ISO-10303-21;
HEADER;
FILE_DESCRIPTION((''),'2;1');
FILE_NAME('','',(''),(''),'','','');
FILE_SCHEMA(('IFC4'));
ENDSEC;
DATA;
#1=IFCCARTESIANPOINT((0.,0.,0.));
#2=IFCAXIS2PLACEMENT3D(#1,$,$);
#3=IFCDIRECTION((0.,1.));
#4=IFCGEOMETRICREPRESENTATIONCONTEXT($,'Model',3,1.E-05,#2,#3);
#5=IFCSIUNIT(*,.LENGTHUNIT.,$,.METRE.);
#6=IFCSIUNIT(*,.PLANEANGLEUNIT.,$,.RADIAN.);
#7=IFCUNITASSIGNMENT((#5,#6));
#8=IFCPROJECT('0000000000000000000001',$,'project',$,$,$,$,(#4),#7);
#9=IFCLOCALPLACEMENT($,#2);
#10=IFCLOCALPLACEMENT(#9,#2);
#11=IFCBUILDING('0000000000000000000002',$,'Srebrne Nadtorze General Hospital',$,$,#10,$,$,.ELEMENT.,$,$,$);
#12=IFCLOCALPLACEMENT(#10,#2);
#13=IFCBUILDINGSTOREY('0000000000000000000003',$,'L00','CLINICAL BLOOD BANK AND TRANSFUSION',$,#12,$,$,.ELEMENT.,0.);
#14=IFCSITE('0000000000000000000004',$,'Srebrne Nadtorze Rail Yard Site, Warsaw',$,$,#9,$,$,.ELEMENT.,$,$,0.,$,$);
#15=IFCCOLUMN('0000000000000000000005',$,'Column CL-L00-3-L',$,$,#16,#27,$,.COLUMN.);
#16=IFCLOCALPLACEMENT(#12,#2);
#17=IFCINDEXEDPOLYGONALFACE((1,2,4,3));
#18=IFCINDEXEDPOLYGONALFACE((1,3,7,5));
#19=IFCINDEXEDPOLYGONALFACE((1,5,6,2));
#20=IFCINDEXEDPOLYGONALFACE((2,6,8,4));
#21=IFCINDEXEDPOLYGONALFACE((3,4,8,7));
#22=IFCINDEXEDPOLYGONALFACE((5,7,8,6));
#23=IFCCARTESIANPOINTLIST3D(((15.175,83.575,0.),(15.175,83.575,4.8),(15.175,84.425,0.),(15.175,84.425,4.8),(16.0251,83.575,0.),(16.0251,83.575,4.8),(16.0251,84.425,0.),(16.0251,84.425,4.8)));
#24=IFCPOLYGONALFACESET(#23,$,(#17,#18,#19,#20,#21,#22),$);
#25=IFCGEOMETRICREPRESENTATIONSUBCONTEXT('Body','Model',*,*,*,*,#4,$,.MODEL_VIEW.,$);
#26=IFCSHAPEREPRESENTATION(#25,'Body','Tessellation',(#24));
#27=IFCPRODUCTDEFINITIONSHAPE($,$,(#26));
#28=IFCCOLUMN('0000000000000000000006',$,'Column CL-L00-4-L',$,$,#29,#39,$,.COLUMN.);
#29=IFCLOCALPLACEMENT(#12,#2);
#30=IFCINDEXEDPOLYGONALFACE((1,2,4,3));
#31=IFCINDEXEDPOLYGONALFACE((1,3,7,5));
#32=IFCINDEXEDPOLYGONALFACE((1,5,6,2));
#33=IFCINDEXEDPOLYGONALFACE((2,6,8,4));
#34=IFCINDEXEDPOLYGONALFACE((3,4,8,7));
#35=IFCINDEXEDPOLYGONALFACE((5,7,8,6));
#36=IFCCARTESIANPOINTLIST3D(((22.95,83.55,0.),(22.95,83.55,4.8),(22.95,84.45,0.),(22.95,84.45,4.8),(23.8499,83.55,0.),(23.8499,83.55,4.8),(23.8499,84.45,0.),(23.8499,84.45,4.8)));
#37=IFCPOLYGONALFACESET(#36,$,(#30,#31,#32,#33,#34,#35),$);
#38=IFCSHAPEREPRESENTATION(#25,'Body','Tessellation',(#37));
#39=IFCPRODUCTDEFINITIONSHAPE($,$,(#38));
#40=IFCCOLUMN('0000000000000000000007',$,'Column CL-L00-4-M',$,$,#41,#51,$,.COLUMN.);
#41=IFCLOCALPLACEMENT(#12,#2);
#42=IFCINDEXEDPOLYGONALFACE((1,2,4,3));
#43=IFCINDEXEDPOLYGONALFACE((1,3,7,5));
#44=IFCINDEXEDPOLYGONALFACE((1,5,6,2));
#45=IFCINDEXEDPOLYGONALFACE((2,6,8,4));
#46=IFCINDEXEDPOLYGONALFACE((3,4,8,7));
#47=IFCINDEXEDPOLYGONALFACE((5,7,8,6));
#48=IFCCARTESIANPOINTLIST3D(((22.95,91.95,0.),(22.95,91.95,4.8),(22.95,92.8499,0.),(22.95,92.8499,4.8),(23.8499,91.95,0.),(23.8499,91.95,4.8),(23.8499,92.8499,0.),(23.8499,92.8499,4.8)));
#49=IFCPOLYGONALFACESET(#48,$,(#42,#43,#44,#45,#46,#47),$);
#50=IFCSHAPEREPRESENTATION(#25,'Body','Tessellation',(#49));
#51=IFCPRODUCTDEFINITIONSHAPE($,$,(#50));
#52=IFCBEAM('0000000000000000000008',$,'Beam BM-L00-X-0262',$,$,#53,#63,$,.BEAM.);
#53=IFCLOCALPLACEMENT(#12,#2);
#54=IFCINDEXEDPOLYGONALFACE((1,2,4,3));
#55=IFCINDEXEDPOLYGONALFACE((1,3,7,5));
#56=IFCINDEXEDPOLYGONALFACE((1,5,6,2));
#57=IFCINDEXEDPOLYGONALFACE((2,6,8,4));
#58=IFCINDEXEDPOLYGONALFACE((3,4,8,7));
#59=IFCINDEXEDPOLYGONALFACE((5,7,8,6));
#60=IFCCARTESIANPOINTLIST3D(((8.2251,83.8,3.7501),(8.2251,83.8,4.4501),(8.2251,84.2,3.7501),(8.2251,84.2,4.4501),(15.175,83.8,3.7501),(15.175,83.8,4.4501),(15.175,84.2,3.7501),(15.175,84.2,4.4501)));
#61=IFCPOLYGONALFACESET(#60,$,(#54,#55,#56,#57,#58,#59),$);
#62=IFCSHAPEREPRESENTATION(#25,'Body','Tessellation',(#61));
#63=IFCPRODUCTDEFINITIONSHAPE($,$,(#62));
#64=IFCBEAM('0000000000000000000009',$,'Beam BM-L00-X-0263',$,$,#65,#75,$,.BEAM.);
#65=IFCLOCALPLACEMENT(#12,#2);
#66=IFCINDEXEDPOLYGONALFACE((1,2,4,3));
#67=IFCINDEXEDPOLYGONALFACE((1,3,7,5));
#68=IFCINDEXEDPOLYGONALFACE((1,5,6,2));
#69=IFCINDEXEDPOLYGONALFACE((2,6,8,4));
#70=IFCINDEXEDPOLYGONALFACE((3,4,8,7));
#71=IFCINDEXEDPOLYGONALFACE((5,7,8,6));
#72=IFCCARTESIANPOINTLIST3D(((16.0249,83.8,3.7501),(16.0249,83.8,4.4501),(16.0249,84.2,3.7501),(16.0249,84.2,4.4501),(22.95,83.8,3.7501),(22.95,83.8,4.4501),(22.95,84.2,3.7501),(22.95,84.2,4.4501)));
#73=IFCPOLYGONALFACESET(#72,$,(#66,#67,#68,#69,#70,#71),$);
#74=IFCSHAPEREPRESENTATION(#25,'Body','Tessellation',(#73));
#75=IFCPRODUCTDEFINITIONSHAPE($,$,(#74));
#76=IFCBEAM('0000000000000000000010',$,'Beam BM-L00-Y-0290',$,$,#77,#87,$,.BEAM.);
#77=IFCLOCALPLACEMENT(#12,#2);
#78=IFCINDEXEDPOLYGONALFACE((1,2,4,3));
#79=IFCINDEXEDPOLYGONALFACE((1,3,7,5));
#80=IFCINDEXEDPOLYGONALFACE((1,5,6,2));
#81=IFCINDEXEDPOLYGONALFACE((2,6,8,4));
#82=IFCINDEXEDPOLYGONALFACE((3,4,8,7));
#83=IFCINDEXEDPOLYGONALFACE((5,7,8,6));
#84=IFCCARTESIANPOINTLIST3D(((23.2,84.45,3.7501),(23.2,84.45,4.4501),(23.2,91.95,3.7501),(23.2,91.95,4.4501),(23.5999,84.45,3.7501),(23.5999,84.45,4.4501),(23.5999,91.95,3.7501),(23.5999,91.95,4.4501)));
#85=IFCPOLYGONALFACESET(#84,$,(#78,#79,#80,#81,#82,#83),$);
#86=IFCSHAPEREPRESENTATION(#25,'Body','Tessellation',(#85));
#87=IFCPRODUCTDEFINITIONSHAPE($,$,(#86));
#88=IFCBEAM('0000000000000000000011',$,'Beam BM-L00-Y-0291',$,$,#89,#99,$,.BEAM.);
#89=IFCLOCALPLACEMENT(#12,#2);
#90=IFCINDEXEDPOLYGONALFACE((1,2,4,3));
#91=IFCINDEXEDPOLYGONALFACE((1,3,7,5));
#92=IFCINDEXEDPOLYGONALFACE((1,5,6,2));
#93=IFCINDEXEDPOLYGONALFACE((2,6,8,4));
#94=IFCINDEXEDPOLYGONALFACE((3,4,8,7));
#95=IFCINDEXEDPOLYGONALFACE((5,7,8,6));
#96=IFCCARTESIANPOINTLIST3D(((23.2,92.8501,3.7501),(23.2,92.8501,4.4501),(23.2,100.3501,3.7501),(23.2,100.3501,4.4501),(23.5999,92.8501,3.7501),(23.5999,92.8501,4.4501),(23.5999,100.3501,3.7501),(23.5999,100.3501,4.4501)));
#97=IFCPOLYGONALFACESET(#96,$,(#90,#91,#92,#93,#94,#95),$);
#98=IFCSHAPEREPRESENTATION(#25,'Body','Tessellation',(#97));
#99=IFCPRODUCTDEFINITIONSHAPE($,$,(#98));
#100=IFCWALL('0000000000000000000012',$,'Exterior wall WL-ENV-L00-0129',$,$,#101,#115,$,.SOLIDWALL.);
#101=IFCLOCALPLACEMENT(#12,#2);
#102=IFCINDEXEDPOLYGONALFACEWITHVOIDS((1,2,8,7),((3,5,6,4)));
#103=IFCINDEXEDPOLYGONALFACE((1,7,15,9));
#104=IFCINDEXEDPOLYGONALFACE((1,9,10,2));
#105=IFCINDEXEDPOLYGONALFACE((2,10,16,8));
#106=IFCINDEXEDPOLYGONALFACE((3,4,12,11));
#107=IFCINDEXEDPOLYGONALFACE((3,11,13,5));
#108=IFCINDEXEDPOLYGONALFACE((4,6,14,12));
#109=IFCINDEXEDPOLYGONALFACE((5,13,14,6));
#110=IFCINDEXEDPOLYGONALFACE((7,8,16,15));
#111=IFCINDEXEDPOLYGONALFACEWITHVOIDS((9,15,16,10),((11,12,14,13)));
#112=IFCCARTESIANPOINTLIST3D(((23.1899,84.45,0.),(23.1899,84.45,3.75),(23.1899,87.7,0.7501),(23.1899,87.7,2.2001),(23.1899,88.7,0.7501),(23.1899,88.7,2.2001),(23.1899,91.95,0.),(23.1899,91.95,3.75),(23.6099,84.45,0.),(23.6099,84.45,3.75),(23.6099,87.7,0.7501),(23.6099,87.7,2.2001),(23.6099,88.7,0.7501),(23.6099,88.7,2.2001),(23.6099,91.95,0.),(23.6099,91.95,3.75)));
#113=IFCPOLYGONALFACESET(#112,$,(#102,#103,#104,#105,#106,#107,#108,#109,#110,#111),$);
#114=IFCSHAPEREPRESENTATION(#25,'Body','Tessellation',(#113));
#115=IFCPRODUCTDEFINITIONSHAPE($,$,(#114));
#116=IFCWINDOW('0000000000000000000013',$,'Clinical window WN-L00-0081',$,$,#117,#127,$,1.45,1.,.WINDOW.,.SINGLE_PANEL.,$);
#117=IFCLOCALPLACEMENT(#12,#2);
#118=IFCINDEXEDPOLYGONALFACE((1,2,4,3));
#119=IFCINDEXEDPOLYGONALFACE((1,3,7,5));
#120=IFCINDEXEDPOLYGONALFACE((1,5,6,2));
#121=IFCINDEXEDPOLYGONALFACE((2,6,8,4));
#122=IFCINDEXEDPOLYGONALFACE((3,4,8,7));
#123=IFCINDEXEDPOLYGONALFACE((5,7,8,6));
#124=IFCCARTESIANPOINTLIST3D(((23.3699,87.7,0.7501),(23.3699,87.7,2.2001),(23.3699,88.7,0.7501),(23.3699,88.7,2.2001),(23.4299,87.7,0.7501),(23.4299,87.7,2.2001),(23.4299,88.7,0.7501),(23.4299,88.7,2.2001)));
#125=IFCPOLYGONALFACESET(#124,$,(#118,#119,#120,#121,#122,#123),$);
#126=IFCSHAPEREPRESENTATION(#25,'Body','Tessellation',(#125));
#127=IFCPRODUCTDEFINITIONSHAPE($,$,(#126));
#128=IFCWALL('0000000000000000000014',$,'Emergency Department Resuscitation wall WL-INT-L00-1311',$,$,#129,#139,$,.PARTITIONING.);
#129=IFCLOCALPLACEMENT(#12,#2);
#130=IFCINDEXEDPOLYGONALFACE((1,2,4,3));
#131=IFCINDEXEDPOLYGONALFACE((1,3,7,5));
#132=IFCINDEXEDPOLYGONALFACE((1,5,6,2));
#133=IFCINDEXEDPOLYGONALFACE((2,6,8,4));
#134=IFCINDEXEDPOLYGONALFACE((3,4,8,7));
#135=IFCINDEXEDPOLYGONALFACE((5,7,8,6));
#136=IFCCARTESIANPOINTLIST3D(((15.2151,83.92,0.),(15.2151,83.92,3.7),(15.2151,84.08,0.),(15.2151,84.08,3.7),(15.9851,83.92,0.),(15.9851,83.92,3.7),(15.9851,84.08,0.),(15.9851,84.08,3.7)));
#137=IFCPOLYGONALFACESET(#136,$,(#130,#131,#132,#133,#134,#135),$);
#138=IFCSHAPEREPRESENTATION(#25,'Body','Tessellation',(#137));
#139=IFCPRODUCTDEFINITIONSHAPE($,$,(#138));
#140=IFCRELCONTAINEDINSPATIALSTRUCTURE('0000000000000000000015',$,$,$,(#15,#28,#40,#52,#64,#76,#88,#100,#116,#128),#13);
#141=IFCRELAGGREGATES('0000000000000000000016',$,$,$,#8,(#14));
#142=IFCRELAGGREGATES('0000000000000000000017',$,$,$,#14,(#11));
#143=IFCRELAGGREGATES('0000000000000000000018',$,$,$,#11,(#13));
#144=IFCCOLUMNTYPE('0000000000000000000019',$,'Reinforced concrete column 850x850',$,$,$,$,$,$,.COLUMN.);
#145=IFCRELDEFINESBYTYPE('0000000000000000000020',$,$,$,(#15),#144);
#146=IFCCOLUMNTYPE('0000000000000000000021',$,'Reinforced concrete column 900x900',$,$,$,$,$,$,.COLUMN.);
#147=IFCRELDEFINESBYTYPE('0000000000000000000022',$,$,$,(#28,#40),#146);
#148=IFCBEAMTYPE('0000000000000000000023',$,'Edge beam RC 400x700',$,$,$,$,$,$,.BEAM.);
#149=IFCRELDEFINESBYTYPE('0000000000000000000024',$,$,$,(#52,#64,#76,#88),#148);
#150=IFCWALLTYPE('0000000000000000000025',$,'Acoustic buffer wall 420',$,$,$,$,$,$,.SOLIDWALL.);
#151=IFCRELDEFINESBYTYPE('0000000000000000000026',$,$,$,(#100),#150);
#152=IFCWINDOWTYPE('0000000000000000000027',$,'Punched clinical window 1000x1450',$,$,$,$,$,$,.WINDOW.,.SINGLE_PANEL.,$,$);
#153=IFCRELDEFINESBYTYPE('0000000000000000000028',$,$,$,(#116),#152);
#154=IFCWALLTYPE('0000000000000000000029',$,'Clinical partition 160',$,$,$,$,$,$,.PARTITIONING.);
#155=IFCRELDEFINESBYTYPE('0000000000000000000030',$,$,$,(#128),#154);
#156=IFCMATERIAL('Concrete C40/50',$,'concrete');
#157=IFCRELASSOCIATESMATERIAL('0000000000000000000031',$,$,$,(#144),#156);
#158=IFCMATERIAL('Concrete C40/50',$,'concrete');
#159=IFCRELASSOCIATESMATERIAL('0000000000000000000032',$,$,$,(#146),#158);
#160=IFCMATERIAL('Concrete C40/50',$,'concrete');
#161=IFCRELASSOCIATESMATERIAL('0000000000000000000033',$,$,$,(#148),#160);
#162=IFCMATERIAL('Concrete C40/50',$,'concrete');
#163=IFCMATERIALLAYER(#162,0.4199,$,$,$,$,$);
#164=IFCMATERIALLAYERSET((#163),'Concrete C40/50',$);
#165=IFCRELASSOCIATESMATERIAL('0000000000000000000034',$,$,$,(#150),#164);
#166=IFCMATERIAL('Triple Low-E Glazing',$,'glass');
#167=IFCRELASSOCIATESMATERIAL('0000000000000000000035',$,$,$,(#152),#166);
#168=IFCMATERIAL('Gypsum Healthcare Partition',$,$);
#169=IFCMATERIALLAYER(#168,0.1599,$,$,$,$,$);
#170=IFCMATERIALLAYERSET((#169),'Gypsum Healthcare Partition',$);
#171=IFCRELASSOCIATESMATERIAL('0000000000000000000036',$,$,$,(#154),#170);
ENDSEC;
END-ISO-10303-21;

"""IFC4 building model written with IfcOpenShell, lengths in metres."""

from ifc_helpers import new_model, si_unit, direction, frame, frame_2d, origin, origin_2d, place, context, subcontext, project, spatial, rectangle, extrude, material, layer, layer_set, material_profile, profile_set, type_object, element, fill, save


model = new_model("IFC4")

# Units and contexts
model_context = context("Model", 3, precision=1e-05, world=origin(), true_north=direction((0.0, 1.0)))
body_context = subcontext(model_context, "Body", "Model", "MODEL_VIEW")
ifc_project = project(units=[si_unit("LENGTHUNIT", "METRE"), si_unit("PLANEANGLEUNIT", "RADIAN")], contexts=[model_context])

# Site, building, storey
site_placement = place(None, origin())
site = spatial("IfcSite", under=ifc_project, at=site_placement, Name="Srebrne Nadtorze Rail Yard Site, Warsaw", CompositionType="ELEMENT", RefElevation=0.0)
building_placement = place(site_placement, origin())
building = spatial("IfcBuilding", under=site, at=building_placement, Name="Srebrne Nadtorze General Hospital", CompositionType="ELEMENT")
storey_placement = place(building_placement, origin())
storey = spatial("IfcBuildingStorey", under=building, at=storey_placement, Name="L00", Description="CLINICAL BLOOD BANK AND TRANSFUSION", CompositionType="ELEMENT", Elevation=0.0)

# Columns
ifc_material_1 = material(Name="Concrete C40/50", Category="concrete")
ifc_material_profile_1 = material_profile(ifc_material_1, rectangle(XDim=0.8501, YDim=0.8501, at=origin_2d()), Name="RC-COL-850x850")
ifc_profile_set_1 = profile_set([ifc_material_profile_1], Name="Concrete C40/50")
column_type_1 = type_object("IfcColumnType", Name="Reinforced concrete column 850x850", PredefinedType="COLUMN", material=ifc_profile_set_1)
column_placement = place(storey_placement, frame((15.6001, 84.0, 0.0), z_axis=(0.0, 0.0, 1.0), x_axis=(1.0, 0.0, 0.0)))
element("IfcColumn", 1, at=column_placement, inside=storey, type_object=column_type_1, Name="Column CL-L00-3-L", PredefinedType="COLUMN", context=body_context, shape_type="SweptSolid", body=[
    extrude(rectangle(XDim=0.8501, YDim=0.8501, at=origin_2d()), origin(), (0.0, 0.0, 1.0), 4.8),
])
ifc_material_2 = material(Name="Concrete C40/50", Category="concrete")
ifc_material_profile_2 = material_profile(ifc_material_2, rectangle(XDim=0.8999, YDim=0.8999, at=origin_2d()), Name="RC-COL-900x900")
ifc_profile_set_2 = profile_set([ifc_material_profile_2], Name="Concrete C40/50")
column_type_2 = type_object("IfcColumnType", Name="Reinforced concrete column 900x900", PredefinedType="COLUMN", material=ifc_profile_set_2)
for number, where, z_axis, x_axis, name in (
    (2, (23.3999, 84.0, 0.0), (0.0, 0.0, 1.0), (1.0, 0.0, 0.0), "Column CL-L00-4-L"),
    (3, (23.3999, 92.3999, 0.0), (0.0, 0.0, 1.0), (1.0, 0.0, 0.0), "Column CL-L00-4-M"),
):
    element("IfcColumn", number, at=place(storey_placement, frame(where, z_axis=z_axis, x_axis=x_axis)), inside=storey, type_object=column_type_2, Name=name, PredefinedType="COLUMN", context=body_context, shape_type="SweptSolid", body=[
        extrude(rectangle(XDim=0.8999, YDim=0.8999, at=origin_2d()), origin(), (0.0, 0.0, 1.0), 4.8),
    ])

# Beams
ifc_material_3 = material(Name="Concrete C40/50", Category="concrete")
ifc_material_profile_3 = material_profile(ifc_material_3, rectangle(XDim=0.3999, YDim=0.7, at=origin_2d()), Name="RC-BM-400x700")
ifc_profile_set_3 = profile_set([ifc_material_profile_3], Name="Concrete C40/50")
beam_type = type_object("IfcBeamType", Name="Edge beam RC 400x700", PredefinedType="BEAM", material=ifc_profile_set_3)
beam_1_placement = place(storey_placement, frame((8.2251, 84.0, 4.1001), z_axis=(1.0, 0.0, 0.0), x_axis=(0.0, 1.0, 0.0)))
element("IfcBeam", 4, at=beam_1_placement, inside=storey, type_object=beam_type, Name="Beam BM-L00-X-0262", PredefinedType="BEAM", context=body_context, shape_type="SweptSolid", body=[
    extrude(rectangle(XDim=0.3999, YDim=0.7, at=origin_2d()), origin(), (0.0, 0.0, 1.0), 6.95),
])
beam_2_placement = place(storey_placement, frame((16.0249, 84.0, 4.1001), z_axis=(1.0, 0.0, 0.0), x_axis=(0.0, 1.0, 0.0)))
element("IfcBeam", 5, at=beam_2_placement, inside=storey, type_object=beam_type, Name="Beam BM-L00-X-0263", PredefinedType="BEAM", context=body_context, shape_type="SweptSolid", body=[
    extrude(rectangle(XDim=0.3999, YDim=0.7, at=origin_2d()), origin(), (0.0, 0.0, 1.0), 6.925),
])
for number, where, z_axis, x_axis, name in (
    (6, (23.3999, 84.45, 4.1001), (0.0, 1.0, 0.0), (-1.0, 0.0, 0.0), "Beam BM-L00-Y-0290"),
    (7, (23.3999, 92.8501, 4.1001), (0.0, 1.0, 0.0), (-1.0, 0.0, 0.0), "Beam BM-L00-Y-0291"),
):
    element("IfcBeam", number, at=place(storey_placement, frame(where, z_axis=z_axis, x_axis=x_axis)), inside=storey, type_object=beam_type, Name=name, PredefinedType="BEAM", context=body_context, shape_type="SweptSolid", body=[
        extrude(rectangle(XDim=0.3999, YDim=0.7, at=origin_2d()), origin(), (0.0, 0.0, 1.0), 7.5),
    ])

# Wall, opening, window
ifc_material_4 = material(Name="Concrete C40/50", Category="concrete")
ifc_layer_1 = layer(ifc_material_4, 0.4199)
ifc_layer_set_1 = layer_set([ifc_layer_1], Name="Concrete C40/50")
wall_type_1 = type_object("IfcWallType", Name="Acoustic buffer wall 420", PredefinedType="SOLIDWALL", material=ifc_layer_set_1)
wall_1_placement = place(storey_placement, frame((23.3999, 84.45, 0.0), z_axis=(0.0, 0.0, 1.0), x_axis=(0.0, 1.0, 0.0)))
wall_1 = element("IfcWall", 8, at=wall_1_placement, inside=storey, type_object=wall_type_1, Name="Exterior wall WL-ENV-L00-0129", PredefinedType="SOLIDWALL", context=body_context, shape_type="SweptSolid", body=[
    extrude(rectangle(XDim=7.5, YDim=0.4199, at=frame_2d((3.75, 0.0))), origin(), (0.0, 0.0, 1.0), 3.75),
])
opening_1_placement = place(wall_1_placement, frame((3.25, 0.0, 0.75)))
opening_1 = element("IfcOpeningElement", 9, at=opening_1_placement, cuts=wall_1, PredefinedType="OPENING", context=body_context, shape_type="SweptSolid", body=[
    extrude(rectangle(XDim=1.0, YDim=1.45, at=frame_2d((0.5, 0.7251))), frame((0.0, 0.2219, 0.0), z_axis=(0.0, -1.0, 0.0), x_axis=(1.0, 0.0, 0.0)), (0.0, 0.0, 1.0), 0.4438),
])
ifc_material_5 = material(Name="Triple Low-E Glazing", Category="glass")
window_type_1 = type_object("IfcWindowType", Name="Punched clinical window 1000x1450", PartitioningType="SINGLE_PANEL", PredefinedType="WINDOW", material=ifc_material_5)
window_1_placement = place(opening_1_placement, origin())
window_1 = element("IfcWindow", 10, at=window_1_placement, inside=storey, type_object=window_type_1, Name="Clinical window WN-L00-0081", OverallHeight=1.45, OverallWidth=1.0, PartitioningType="SINGLE_PANEL", PredefinedType="WINDOW", context=body_context, shape_type="SweptSolid", body=[
    extrude(rectangle(XDim=1.0, YDim=1.45, at=frame_2d((0.5, 0.7251))), frame((0.0, 0.03, 0.0), z_axis=(0.0, -1.0, 0.0), x_axis=(1.0, 0.0, 0.0)), (0.0, 0.0, 1.0), 0.0601),
])
fill(opening_1, window_1)

# Wall
ifc_material_6 = material(Name="Gypsum Healthcare Partition")
ifc_layer_2 = layer(ifc_material_6, 0.1599)
ifc_layer_set_2 = layer_set([ifc_layer_2], Name="Gypsum Healthcare Partition")
wall_type_2 = type_object("IfcWallType", Name="Clinical partition 160", PredefinedType="PARTITIONING", material=ifc_layer_set_2)
wall_2_placement = place(storey_placement, frame((15.2151, 84.0, 0.0), z_axis=(0.0, 0.0, 1.0), x_axis=(1.0, 0.0, 0.0)))
element("IfcWall", 11, at=wall_2_placement, inside=storey, type_object=wall_type_2, Name="Emergency Department Resuscitation wall WL-INT-L00-1311", PredefinedType="PARTITIONING", context=body_context, shape_type="SweptSolid", body=[
    extrude(rectangle(XDim=0.77, YDim=0.1599, at=frame_2d((0.385, 0.0))), origin(), (0.0, 0.0, 1.0), 3.7),
])

save(model, "model.ifc")
